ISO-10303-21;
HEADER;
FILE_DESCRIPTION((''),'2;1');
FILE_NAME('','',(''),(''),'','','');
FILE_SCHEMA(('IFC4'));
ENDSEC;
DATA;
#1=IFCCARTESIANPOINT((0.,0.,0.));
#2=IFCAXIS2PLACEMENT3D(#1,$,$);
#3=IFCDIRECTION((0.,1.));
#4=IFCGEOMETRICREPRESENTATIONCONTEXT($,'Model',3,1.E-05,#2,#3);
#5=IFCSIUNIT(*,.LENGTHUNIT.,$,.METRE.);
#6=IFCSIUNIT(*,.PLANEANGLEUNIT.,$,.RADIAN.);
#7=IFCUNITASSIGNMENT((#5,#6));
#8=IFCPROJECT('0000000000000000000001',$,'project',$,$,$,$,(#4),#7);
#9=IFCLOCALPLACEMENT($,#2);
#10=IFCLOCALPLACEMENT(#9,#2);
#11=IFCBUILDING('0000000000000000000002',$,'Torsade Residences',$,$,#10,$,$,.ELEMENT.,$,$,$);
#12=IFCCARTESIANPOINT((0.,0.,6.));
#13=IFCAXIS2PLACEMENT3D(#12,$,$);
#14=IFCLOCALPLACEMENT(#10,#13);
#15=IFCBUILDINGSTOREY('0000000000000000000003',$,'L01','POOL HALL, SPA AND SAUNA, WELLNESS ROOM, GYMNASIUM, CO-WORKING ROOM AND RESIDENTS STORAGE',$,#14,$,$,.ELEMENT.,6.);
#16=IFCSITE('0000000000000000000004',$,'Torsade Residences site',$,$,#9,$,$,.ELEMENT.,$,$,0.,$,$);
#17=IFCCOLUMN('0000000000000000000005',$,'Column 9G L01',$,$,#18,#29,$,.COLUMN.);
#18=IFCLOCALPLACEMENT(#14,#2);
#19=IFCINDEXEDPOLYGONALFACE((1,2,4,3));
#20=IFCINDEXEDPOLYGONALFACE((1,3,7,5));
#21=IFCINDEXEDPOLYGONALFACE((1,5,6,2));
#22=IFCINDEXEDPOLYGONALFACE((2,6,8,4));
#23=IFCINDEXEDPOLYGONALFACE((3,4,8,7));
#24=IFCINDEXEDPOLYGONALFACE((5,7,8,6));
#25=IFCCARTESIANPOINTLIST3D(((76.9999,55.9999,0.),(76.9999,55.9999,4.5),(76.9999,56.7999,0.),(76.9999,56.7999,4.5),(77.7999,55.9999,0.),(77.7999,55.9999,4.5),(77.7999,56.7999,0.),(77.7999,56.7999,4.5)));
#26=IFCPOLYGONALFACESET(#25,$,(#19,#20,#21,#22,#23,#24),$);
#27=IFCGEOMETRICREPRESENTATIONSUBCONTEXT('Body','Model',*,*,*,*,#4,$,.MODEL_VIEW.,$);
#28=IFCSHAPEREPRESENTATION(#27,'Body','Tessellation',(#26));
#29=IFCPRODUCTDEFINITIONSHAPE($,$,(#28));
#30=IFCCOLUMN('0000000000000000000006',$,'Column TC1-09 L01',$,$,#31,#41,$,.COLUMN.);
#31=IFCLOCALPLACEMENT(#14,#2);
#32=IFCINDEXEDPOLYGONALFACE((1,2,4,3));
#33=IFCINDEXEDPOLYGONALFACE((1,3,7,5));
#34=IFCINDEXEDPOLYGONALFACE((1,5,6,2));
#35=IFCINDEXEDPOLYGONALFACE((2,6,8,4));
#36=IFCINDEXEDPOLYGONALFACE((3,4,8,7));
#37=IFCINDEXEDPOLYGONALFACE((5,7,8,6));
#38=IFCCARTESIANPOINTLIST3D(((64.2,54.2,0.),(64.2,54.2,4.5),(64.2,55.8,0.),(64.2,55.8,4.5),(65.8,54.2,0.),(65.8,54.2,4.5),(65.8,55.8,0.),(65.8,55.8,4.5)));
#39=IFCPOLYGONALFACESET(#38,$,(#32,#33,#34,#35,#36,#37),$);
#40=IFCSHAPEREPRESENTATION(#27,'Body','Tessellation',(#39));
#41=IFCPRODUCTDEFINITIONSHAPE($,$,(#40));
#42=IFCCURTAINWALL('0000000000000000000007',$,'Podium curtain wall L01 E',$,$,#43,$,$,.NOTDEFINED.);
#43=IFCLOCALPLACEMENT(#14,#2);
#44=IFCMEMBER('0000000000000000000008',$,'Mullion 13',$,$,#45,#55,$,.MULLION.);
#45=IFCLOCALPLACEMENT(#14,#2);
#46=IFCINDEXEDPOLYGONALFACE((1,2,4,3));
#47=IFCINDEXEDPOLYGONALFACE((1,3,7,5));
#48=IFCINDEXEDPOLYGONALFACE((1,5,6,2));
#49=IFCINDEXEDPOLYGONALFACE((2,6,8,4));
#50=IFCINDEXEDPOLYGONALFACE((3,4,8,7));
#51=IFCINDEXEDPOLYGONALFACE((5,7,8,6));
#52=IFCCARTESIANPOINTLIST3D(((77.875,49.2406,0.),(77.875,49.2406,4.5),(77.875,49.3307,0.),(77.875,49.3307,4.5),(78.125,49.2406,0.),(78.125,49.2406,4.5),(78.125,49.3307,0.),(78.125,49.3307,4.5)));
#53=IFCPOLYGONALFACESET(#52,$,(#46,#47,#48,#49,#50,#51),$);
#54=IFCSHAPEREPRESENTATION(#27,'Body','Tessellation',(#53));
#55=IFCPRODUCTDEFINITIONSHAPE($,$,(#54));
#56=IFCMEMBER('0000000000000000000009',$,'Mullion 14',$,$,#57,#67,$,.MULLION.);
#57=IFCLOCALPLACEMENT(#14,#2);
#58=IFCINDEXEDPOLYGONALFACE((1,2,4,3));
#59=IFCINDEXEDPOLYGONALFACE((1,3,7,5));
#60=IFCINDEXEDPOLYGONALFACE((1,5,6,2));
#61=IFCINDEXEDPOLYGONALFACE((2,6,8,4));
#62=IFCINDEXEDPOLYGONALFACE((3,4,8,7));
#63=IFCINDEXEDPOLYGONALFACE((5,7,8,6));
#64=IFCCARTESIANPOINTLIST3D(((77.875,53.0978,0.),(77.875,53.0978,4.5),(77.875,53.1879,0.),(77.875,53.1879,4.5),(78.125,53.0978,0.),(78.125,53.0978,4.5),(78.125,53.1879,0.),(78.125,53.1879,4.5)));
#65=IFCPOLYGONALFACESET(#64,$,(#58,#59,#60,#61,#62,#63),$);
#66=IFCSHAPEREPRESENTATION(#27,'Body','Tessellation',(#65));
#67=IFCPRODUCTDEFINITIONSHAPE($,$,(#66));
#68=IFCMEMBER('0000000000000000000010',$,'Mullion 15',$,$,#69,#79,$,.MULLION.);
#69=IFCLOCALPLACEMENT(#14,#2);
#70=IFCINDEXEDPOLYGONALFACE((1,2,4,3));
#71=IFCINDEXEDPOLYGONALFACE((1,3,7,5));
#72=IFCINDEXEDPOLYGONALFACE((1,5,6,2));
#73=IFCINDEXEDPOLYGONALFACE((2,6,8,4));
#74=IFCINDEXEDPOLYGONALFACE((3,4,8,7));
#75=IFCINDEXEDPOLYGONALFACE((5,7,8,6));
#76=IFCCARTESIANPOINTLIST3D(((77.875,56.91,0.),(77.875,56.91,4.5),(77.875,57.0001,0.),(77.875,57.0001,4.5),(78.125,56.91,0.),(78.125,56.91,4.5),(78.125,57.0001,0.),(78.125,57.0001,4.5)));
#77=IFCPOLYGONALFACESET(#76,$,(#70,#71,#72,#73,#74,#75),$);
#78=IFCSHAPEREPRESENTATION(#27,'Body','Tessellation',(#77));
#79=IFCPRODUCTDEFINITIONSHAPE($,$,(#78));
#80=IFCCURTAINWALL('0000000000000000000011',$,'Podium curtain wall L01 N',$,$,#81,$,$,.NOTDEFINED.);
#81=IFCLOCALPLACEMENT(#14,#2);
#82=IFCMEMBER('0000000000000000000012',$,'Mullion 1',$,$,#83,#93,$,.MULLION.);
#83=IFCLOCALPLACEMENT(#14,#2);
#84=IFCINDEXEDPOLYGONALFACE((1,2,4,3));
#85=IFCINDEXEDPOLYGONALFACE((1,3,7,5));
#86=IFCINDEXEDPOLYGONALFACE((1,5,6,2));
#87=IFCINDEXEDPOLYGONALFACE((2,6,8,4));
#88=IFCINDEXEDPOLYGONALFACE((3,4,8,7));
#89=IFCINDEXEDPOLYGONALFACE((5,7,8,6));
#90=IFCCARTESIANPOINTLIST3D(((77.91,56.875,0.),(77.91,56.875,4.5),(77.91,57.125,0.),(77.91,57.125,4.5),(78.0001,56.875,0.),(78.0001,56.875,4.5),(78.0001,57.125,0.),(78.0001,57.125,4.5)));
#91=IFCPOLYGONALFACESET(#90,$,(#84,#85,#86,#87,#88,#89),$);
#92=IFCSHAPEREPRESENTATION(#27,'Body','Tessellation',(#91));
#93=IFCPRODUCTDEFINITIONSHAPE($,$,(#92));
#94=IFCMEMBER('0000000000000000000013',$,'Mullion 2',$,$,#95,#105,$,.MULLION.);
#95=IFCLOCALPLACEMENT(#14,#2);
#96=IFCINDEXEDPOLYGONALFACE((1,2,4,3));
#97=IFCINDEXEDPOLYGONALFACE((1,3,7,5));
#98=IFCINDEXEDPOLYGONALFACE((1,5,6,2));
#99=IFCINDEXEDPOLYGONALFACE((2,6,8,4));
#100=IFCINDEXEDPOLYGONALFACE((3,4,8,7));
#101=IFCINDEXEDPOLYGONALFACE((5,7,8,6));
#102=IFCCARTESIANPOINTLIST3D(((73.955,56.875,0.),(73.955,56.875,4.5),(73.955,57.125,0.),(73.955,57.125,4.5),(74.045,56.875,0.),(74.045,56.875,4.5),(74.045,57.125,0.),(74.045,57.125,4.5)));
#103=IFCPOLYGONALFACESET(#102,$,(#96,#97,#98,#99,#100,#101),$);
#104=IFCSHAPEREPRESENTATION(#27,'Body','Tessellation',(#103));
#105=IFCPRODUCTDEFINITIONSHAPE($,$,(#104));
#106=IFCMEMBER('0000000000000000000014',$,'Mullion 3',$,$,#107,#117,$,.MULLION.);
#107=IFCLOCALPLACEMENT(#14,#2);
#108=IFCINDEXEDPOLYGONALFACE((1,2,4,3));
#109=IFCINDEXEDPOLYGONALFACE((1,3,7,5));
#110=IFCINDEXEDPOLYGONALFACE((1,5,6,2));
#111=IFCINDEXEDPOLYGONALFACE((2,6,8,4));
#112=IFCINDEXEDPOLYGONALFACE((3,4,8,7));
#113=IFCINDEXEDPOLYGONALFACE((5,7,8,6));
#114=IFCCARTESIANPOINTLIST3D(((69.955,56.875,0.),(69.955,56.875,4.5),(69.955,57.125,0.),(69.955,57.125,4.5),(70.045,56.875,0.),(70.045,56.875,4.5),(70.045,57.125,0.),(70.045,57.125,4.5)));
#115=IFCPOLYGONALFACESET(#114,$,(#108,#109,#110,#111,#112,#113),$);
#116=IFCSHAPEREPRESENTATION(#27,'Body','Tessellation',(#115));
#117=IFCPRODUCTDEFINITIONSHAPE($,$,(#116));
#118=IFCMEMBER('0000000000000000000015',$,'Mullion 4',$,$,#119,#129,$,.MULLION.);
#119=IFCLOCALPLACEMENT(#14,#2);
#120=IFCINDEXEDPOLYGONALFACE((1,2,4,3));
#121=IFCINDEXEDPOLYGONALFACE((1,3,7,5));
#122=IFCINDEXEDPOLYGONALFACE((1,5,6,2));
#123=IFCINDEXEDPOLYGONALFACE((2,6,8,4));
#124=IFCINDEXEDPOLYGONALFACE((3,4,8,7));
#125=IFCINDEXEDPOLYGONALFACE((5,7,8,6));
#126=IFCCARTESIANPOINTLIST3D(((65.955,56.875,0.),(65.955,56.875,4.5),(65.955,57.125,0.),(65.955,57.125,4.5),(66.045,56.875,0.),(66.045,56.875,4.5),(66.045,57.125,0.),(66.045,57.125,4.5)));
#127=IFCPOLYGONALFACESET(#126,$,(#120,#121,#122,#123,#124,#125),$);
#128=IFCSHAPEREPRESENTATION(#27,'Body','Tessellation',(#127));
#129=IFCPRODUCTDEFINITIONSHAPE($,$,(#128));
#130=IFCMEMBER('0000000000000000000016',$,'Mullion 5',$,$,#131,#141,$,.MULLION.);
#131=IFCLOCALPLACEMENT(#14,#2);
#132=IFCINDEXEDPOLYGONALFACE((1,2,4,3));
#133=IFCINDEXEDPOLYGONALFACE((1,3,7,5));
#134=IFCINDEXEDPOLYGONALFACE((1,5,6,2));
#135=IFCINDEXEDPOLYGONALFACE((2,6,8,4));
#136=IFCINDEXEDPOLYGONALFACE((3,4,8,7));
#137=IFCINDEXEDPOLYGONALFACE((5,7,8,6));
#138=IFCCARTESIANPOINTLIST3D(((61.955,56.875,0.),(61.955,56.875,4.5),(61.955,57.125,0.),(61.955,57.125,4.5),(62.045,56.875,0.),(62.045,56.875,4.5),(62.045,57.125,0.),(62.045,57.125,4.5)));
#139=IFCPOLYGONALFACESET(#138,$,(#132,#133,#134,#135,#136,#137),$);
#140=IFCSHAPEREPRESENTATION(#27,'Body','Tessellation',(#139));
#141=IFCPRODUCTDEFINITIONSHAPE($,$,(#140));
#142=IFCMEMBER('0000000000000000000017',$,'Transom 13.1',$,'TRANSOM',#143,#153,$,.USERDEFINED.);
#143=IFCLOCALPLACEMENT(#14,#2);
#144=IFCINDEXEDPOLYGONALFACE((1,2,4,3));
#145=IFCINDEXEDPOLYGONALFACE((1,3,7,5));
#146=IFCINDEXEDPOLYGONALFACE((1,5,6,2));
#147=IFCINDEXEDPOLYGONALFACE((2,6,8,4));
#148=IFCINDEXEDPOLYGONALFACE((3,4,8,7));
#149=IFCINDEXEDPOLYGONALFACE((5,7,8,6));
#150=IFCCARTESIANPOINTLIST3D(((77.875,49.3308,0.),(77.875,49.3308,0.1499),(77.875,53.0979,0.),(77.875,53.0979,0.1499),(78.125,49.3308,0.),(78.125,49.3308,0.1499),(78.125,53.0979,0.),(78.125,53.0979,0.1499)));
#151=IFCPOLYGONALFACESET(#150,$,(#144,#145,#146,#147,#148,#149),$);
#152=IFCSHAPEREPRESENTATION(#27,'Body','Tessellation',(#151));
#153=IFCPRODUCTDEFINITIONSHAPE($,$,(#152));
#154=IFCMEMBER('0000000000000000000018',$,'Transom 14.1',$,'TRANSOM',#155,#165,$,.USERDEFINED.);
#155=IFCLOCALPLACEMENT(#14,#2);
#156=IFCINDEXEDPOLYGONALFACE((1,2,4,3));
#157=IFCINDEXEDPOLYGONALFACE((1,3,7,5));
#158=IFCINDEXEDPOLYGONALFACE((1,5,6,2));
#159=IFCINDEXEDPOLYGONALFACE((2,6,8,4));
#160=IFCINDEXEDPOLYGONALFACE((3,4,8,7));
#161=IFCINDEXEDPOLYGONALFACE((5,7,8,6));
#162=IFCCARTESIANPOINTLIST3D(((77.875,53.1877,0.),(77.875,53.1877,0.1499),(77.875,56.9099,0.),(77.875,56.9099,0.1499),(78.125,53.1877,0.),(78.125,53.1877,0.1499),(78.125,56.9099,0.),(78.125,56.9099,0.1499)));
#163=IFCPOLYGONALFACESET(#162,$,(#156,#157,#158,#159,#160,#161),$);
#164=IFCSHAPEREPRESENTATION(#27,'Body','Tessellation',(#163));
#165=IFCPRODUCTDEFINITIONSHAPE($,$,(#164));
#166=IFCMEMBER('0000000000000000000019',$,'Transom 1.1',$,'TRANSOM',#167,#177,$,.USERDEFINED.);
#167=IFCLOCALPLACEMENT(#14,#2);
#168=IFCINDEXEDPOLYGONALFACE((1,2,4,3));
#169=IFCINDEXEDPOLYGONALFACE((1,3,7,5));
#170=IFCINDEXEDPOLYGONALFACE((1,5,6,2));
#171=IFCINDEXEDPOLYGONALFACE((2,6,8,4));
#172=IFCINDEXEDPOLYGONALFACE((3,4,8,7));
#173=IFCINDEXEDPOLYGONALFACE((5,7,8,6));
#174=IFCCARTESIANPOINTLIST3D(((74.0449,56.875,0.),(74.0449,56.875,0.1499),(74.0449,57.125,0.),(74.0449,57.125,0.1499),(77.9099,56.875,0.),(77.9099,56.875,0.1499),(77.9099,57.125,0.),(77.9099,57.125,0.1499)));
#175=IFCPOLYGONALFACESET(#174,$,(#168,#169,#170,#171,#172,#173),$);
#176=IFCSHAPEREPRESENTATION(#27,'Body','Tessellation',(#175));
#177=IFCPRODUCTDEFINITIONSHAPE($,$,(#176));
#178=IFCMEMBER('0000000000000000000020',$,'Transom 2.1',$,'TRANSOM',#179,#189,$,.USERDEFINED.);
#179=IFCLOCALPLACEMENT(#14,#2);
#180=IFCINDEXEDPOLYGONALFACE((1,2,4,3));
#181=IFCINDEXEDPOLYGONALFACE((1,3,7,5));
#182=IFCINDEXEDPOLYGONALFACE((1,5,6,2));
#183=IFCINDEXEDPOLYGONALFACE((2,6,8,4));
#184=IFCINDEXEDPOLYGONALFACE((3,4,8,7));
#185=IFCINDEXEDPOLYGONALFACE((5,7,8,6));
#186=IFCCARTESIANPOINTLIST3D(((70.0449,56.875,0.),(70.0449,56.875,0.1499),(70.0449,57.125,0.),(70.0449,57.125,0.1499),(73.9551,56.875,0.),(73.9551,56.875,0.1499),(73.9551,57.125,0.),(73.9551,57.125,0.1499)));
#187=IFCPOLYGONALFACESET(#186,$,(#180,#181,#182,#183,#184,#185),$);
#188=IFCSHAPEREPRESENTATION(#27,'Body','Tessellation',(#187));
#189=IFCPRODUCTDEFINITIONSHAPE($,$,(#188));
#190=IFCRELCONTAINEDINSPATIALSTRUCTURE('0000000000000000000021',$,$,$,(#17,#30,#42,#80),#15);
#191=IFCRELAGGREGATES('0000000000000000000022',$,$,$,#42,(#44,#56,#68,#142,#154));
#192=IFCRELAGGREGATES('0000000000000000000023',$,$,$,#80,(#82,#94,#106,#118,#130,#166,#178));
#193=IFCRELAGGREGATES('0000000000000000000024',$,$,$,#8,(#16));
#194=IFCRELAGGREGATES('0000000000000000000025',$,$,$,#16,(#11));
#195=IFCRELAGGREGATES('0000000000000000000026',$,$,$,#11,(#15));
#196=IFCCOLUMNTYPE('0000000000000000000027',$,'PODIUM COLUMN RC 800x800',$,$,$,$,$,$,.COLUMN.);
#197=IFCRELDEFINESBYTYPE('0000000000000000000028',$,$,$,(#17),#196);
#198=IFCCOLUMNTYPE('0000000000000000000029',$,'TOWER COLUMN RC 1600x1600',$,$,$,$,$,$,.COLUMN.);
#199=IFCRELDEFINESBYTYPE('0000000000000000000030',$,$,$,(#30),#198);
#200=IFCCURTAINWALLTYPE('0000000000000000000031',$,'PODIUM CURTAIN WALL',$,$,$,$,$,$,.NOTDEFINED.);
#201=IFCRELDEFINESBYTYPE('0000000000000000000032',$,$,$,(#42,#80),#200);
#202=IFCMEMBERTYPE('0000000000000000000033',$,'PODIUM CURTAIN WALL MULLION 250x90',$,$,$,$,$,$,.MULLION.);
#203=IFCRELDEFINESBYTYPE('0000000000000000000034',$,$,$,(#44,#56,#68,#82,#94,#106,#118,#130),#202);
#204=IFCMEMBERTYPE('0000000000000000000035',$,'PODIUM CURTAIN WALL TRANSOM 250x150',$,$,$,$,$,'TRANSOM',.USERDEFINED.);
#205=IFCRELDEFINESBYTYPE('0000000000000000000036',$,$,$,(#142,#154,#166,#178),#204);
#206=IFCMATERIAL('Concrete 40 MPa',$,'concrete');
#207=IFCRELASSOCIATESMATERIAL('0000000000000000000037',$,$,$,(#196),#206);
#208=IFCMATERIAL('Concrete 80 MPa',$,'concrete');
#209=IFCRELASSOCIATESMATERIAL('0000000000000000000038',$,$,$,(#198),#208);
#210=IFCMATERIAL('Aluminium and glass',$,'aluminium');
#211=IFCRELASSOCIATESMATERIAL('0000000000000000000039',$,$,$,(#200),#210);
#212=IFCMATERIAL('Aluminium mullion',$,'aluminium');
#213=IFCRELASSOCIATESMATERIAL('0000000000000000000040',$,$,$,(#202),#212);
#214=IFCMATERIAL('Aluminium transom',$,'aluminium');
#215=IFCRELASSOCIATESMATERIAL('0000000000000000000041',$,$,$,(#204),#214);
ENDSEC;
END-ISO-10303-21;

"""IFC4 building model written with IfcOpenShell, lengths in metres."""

from ifc_helpers import new_model, si_unit, direction, frame, origin, origin_2d, place, context, subcontext, project, spatial, rectangle, extrude, material, material_profile, profile_set, type_object, element, aggregate, save


model = new_model("IFC4")

# Units and contexts
model_context = context("Model", 3, precision=1e-05, world=origin(), true_north=direction((0.0, 1.0)))
body_context = subcontext(model_context, "Body", "Model", "MODEL_VIEW")
ifc_project = project(units=[si_unit("LENGTHUNIT", "METRE"), si_unit("PLANEANGLEUNIT", "RADIAN")], contexts=[model_context])

# Site, building, storey
site_placement = place(None, origin())
site = spatial("IfcSite", under=ifc_project, at=site_placement, Name="Torsade Residences site", CompositionType="ELEMENT", RefElevation=0.0)
building_placement = place(site_placement, origin())
building = spatial("IfcBuilding", under=site, at=building_placement, Name="Torsade Residences", CompositionType="ELEMENT")
storey_placement = place(building_placement, frame((0.0, 0.0, 6.0)))
storey = spatial("IfcBuildingStorey", under=building, at=storey_placement, Name="L01", Description="POOL HALL, SPA AND SAUNA, WELLNESS ROOM, GYMNASIUM, CO-WORKING ROOM AND RESIDENTS STORAGE", CompositionType="ELEMENT", Elevation=6.0)

# Columns
ifc_material_1 = material(Name="Concrete 40 MPa", Category="concrete")
ifc_material_profile_1 = material_profile(ifc_material_1, rectangle(XDim=0.8, YDim=0.8, at=origin_2d()), Name="RC 800x800")
ifc_profile_set_1 = profile_set([ifc_material_profile_1], Name="Concrete 40 MPa")
column_type_1 = type_object("IfcColumnType", Name="PODIUM COLUMN RC 800x800", PredefinedType="COLUMN", material=ifc_profile_set_1)
column_1_placement = place(storey_placement, frame((77.3999, 56.3999, 0.0), z_axis=(0.0, 0.0, 1.0), x_axis=(1.0, 0.0, 0.0)))
element("IfcColumn", 1, at=column_1_placement, inside=storey, type_object=column_type_1, Name="Column 9G L01", PredefinedType="COLUMN", context=body_context, shape_type="SweptSolid", body=[
    extrude(rectangle(XDim=0.8, YDim=0.8, at=origin_2d()), origin(), (0.0, 0.0, 1.0), 4.5),
])
ifc_material_2 = material(Name="Concrete 80 MPa", Category="concrete")
ifc_material_profile_2 = material_profile(ifc_material_2, rectangle(XDim=1.6001, YDim=1.6001, at=origin_2d()), Name="RC 1600x1600")
ifc_profile_set_2 = profile_set([ifc_material_profile_2], Name="Concrete 80 MPa")
column_type_2 = type_object("IfcColumnType", Name="TOWER COLUMN RC 1600x1600", PredefinedType="COLUMN", material=ifc_profile_set_2)
column_2_placement = place(storey_placement, frame((65.0, 55.0, 0.0), z_axis=(0.0, 0.0, 1.0), x_axis=(1.0, 0.0, 0.0)))
element("IfcColumn", 2, at=column_2_placement, inside=storey, type_object=column_type_2, Name="Column TC1-09 L01", PredefinedType="COLUMN", context=body_context, shape_type="SweptSolid", body=[
    extrude(rectangle(XDim=1.6001, YDim=1.6001, at=origin_2d()), origin(), (0.0, 0.0, 1.0), 4.5),
])

# Curtain walls, members
ifc_material_3 = material(Name="Aluminium and glass", Category="aluminium")
curtain_wall_type = type_object("IfcCurtainWallType", Name="PODIUM CURTAIN WALL", PredefinedType="NOTDEFINED", material=ifc_material_3)
curtain_wall_1_placement = place(storey_placement, origin())
curtain_wall_1 = element("IfcCurtainWall", 3, at=curtain_wall_1_placement, inside=storey, type_object=curtain_wall_type, Name="Podium curtain wall L01 E", PredefinedType="NOTDEFINED")
ifc_material_4 = material(Name="Aluminium mullion", Category="aluminium")
ifc_material_profile_3 = material_profile(ifc_material_4, rectangle(XDim=0.25, YDim=0.0901, at=origin_2d()), Name="PODIUM CURTAIN WALL MULLION 250x90")
ifc_profile_set_3 = profile_set([ifc_material_profile_3], Name="Aluminium mullion")
member_type_1 = type_object("IfcMemberType", Name="PODIUM CURTAIN WALL MULLION 250x90", PredefinedType="MULLION", material=ifc_profile_set_3)
member_1_placement = place(storey_placement, frame((78.0, 49.2856, 0.0), z_axis=(0.0, 0.0, 1.0), x_axis=(-1.0, 0.0, 0.0)))
member_1 = element("IfcMember", 4, at=member_1_placement, type_object=member_type_1, Name="Mullion 13", PredefinedType="MULLION", context=body_context, shape_type="SweptSolid", body=[
    extrude(rectangle(XDim=0.25, YDim=0.0901, at=origin_2d()), origin(), (0.0, 0.0, 1.0), 4.5),
])
member_2_placement = place(storey_placement, frame((78.0, 53.1428, 0.0), z_axis=(0.0, 0.0, 1.0), x_axis=(-1.0, 0.0, 0.0)))
member_2 = element("IfcMember", 5, at=member_2_placement, type_object=member_type_1, Name="Mullion 14", PredefinedType="MULLION", context=body_context, shape_type="SweptSolid", body=[
    extrude(rectangle(XDim=0.25, YDim=0.0901, at=origin_2d()), origin(), (0.0, 0.0, 1.0), 4.5),
])
member_3_placement = place(storey_placement, frame((78.0, 56.9551, 0.0), z_axis=(0.0, 0.0, 1.0), x_axis=(-1.0, 0.0, 0.0)))
member_3 = element("IfcMember", 6, at=member_3_placement, type_object=member_type_1, Name="Mullion 15", PredefinedType="MULLION", context=body_context, shape_type="SweptSolid", body=[
    extrude(rectangle(XDim=0.25, YDim=0.0901, at=origin_2d()), origin(), (0.0, 0.0, 1.0), 4.5),
])
curtain_wall_2_placement = place(storey_placement, origin())
curtain_wall_2 = element("IfcCurtainWall", 7, at=curtain_wall_2_placement, inside=storey, type_object=curtain_wall_type, Name="Podium curtain wall L01 N", PredefinedType="NOTDEFINED")
member_4_placement = place(storey_placement, frame((77.9551, 57.0, 0.0), z_axis=(0.0, 0.0, 1.0), x_axis=(0.0, -1.0, 0.0)))
member_4 = element("IfcMember", 8, at=member_4_placement, type_object=member_type_1, Name="Mullion 1", PredefinedType="MULLION", context=body_context, shape_type="SweptSolid", body=[
    extrude(rectangle(XDim=0.25, YDim=0.0901, at=origin_2d()), origin(), (0.0, 0.0, 1.0), 4.5),
])
member_5_placement = place(storey_placement, frame((74.0, 57.0, 0.0), z_axis=(0.0, 0.0, 1.0), x_axis=(0.0, -1.0, 0.0)))
member_5 = element("IfcMember", 9, at=member_5_placement, type_object=member_type_1, Name="Mullion 2", PredefinedType="MULLION", context=body_context, shape_type="SweptSolid", body=[
    extrude(rectangle(XDim=0.25, YDim=0.0901, at=origin_2d()), origin(), (0.0, 0.0, 1.0), 4.5),
])
member_6_placement = place(storey_placement, frame((70.0, 57.0, 0.0), z_axis=(0.0, 0.0, 1.0), x_axis=(0.0, -1.0, 0.0)))
member_6 = element("IfcMember", 10, at=member_6_placement, type_object=member_type_1, Name="Mullion 3", PredefinedType="MULLION", context=body_context, shape_type="SweptSolid", body=[
    extrude(rectangle(XDim=0.25, YDim=0.0901, at=origin_2d()), origin(), (0.0, 0.0, 1.0), 4.5),
])
member_7_placement = place(storey_placement, frame((66.0, 57.0, 0.0), z_axis=(0.0, 0.0, 1.0), x_axis=(0.0, -1.0, 0.0)))
member_7 = element("IfcMember", 11, at=member_7_placement, type_object=member_type_1, Name="Mullion 4", PredefinedType="MULLION", context=body_context, shape_type="SweptSolid", body=[
    extrude(rectangle(XDim=0.25, YDim=0.0901, at=origin_2d()), origin(), (0.0, 0.0, 1.0), 4.5),
])
member_8_placement = place(storey_placement, frame((62.0, 57.0, 0.0), z_axis=(0.0, 0.0, 1.0), x_axis=(0.0, -1.0, 0.0)))
member_8 = element("IfcMember", 12, at=member_8_placement, type_object=member_type_1, Name="Mullion 5", PredefinedType="MULLION", context=body_context, shape_type="SweptSolid", body=[
    extrude(rectangle(XDim=0.25, YDim=0.0901, at=origin_2d()), origin(), (0.0, 0.0, 1.0), 4.5),
])

# Members
ifc_material_5 = material(Name="Aluminium transom", Category="aluminium")
ifc_material_profile_4 = material_profile(ifc_material_5, rectangle(XDim=0.25, YDim=0.1499, at=origin_2d()), Name="PODIUM CURTAIN WALL TRANSOM 250x150")
ifc_profile_set_4 = profile_set([ifc_material_profile_4], Name="Aluminium transom")
member_type_2 = type_object("IfcMemberType", Name="PODIUM CURTAIN WALL TRANSOM 250x150", ElementType="TRANSOM", PredefinedType="USERDEFINED", material=ifc_profile_set_4)
member_9_placement = place(storey_placement, frame((78.0, 49.3308, 0.075), z_axis=(0.0, 1.0, 0.0), x_axis=(-1.0, 0.0, 0.0)))
member_9 = element("IfcMember", 13, at=member_9_placement, type_object=member_type_2, Name="Transom 13.1", ObjectType="TRANSOM", PredefinedType="USERDEFINED", context=body_context, shape_type="SweptSolid", body=[
    extrude(rectangle(XDim=0.25, YDim=0.1499, at=origin_2d()), origin(), (0.0, 0.0, 1.0), 3.7671),
])
member_10_placement = place(storey_placement, frame((78.0, 53.1877, 0.075), z_axis=(0.0, 1.0, 0.0), x_axis=(-1.0, 0.0, 0.0)))
member_10 = element("IfcMember", 14, at=member_10_placement, type_object=member_type_2, Name="Transom 14.1", ObjectType="TRANSOM", PredefinedType="USERDEFINED", context=body_context, shape_type="SweptSolid", body=[
    extrude(rectangle(XDim=0.25, YDim=0.1499, at=origin_2d()), origin(), (0.0, 0.0, 1.0), 3.7222),
])
member_11_placement = place(storey_placement, frame((77.9099, 57.0, 0.075), z_axis=(-1.0, 0.0, 0.0), x_axis=(0.0, -1.0, 0.0)))
member_11 = element("IfcMember", 15, at=member_11_placement, type_object=member_type_2, Name="Transom 1.1", ObjectType="TRANSOM", PredefinedType="USERDEFINED", context=body_context, shape_type="SweptSolid", body=[
    extrude(rectangle(XDim=0.25, YDim=0.1499, at=origin_2d()), origin(), (0.0, 0.0, 1.0), 3.865),
])
member_12_placement = place(storey_placement, frame((73.9551, 57.0, 0.075), z_axis=(-1.0, 0.0, 0.0), x_axis=(0.0, -1.0, 0.0)))
member_12 = element("IfcMember", 16, at=member_12_placement, type_object=member_type_2, Name="Transom 2.1", ObjectType="TRANSOM", PredefinedType="USERDEFINED", context=body_context, shape_type="SweptSolid", body=[
    extrude(rectangle(XDim=0.25, YDim=0.1499, at=origin_2d()), origin(), (0.0, 0.0, 1.0), 3.9102),
])

aggregate(curtain_wall_1, [member_1, member_2, member_3, member_9, member_10])
aggregate(curtain_wall_2, [member_4, member_5, member_6, member_7, member_8, member_11, member_12])

save(model, "model.ifc")
